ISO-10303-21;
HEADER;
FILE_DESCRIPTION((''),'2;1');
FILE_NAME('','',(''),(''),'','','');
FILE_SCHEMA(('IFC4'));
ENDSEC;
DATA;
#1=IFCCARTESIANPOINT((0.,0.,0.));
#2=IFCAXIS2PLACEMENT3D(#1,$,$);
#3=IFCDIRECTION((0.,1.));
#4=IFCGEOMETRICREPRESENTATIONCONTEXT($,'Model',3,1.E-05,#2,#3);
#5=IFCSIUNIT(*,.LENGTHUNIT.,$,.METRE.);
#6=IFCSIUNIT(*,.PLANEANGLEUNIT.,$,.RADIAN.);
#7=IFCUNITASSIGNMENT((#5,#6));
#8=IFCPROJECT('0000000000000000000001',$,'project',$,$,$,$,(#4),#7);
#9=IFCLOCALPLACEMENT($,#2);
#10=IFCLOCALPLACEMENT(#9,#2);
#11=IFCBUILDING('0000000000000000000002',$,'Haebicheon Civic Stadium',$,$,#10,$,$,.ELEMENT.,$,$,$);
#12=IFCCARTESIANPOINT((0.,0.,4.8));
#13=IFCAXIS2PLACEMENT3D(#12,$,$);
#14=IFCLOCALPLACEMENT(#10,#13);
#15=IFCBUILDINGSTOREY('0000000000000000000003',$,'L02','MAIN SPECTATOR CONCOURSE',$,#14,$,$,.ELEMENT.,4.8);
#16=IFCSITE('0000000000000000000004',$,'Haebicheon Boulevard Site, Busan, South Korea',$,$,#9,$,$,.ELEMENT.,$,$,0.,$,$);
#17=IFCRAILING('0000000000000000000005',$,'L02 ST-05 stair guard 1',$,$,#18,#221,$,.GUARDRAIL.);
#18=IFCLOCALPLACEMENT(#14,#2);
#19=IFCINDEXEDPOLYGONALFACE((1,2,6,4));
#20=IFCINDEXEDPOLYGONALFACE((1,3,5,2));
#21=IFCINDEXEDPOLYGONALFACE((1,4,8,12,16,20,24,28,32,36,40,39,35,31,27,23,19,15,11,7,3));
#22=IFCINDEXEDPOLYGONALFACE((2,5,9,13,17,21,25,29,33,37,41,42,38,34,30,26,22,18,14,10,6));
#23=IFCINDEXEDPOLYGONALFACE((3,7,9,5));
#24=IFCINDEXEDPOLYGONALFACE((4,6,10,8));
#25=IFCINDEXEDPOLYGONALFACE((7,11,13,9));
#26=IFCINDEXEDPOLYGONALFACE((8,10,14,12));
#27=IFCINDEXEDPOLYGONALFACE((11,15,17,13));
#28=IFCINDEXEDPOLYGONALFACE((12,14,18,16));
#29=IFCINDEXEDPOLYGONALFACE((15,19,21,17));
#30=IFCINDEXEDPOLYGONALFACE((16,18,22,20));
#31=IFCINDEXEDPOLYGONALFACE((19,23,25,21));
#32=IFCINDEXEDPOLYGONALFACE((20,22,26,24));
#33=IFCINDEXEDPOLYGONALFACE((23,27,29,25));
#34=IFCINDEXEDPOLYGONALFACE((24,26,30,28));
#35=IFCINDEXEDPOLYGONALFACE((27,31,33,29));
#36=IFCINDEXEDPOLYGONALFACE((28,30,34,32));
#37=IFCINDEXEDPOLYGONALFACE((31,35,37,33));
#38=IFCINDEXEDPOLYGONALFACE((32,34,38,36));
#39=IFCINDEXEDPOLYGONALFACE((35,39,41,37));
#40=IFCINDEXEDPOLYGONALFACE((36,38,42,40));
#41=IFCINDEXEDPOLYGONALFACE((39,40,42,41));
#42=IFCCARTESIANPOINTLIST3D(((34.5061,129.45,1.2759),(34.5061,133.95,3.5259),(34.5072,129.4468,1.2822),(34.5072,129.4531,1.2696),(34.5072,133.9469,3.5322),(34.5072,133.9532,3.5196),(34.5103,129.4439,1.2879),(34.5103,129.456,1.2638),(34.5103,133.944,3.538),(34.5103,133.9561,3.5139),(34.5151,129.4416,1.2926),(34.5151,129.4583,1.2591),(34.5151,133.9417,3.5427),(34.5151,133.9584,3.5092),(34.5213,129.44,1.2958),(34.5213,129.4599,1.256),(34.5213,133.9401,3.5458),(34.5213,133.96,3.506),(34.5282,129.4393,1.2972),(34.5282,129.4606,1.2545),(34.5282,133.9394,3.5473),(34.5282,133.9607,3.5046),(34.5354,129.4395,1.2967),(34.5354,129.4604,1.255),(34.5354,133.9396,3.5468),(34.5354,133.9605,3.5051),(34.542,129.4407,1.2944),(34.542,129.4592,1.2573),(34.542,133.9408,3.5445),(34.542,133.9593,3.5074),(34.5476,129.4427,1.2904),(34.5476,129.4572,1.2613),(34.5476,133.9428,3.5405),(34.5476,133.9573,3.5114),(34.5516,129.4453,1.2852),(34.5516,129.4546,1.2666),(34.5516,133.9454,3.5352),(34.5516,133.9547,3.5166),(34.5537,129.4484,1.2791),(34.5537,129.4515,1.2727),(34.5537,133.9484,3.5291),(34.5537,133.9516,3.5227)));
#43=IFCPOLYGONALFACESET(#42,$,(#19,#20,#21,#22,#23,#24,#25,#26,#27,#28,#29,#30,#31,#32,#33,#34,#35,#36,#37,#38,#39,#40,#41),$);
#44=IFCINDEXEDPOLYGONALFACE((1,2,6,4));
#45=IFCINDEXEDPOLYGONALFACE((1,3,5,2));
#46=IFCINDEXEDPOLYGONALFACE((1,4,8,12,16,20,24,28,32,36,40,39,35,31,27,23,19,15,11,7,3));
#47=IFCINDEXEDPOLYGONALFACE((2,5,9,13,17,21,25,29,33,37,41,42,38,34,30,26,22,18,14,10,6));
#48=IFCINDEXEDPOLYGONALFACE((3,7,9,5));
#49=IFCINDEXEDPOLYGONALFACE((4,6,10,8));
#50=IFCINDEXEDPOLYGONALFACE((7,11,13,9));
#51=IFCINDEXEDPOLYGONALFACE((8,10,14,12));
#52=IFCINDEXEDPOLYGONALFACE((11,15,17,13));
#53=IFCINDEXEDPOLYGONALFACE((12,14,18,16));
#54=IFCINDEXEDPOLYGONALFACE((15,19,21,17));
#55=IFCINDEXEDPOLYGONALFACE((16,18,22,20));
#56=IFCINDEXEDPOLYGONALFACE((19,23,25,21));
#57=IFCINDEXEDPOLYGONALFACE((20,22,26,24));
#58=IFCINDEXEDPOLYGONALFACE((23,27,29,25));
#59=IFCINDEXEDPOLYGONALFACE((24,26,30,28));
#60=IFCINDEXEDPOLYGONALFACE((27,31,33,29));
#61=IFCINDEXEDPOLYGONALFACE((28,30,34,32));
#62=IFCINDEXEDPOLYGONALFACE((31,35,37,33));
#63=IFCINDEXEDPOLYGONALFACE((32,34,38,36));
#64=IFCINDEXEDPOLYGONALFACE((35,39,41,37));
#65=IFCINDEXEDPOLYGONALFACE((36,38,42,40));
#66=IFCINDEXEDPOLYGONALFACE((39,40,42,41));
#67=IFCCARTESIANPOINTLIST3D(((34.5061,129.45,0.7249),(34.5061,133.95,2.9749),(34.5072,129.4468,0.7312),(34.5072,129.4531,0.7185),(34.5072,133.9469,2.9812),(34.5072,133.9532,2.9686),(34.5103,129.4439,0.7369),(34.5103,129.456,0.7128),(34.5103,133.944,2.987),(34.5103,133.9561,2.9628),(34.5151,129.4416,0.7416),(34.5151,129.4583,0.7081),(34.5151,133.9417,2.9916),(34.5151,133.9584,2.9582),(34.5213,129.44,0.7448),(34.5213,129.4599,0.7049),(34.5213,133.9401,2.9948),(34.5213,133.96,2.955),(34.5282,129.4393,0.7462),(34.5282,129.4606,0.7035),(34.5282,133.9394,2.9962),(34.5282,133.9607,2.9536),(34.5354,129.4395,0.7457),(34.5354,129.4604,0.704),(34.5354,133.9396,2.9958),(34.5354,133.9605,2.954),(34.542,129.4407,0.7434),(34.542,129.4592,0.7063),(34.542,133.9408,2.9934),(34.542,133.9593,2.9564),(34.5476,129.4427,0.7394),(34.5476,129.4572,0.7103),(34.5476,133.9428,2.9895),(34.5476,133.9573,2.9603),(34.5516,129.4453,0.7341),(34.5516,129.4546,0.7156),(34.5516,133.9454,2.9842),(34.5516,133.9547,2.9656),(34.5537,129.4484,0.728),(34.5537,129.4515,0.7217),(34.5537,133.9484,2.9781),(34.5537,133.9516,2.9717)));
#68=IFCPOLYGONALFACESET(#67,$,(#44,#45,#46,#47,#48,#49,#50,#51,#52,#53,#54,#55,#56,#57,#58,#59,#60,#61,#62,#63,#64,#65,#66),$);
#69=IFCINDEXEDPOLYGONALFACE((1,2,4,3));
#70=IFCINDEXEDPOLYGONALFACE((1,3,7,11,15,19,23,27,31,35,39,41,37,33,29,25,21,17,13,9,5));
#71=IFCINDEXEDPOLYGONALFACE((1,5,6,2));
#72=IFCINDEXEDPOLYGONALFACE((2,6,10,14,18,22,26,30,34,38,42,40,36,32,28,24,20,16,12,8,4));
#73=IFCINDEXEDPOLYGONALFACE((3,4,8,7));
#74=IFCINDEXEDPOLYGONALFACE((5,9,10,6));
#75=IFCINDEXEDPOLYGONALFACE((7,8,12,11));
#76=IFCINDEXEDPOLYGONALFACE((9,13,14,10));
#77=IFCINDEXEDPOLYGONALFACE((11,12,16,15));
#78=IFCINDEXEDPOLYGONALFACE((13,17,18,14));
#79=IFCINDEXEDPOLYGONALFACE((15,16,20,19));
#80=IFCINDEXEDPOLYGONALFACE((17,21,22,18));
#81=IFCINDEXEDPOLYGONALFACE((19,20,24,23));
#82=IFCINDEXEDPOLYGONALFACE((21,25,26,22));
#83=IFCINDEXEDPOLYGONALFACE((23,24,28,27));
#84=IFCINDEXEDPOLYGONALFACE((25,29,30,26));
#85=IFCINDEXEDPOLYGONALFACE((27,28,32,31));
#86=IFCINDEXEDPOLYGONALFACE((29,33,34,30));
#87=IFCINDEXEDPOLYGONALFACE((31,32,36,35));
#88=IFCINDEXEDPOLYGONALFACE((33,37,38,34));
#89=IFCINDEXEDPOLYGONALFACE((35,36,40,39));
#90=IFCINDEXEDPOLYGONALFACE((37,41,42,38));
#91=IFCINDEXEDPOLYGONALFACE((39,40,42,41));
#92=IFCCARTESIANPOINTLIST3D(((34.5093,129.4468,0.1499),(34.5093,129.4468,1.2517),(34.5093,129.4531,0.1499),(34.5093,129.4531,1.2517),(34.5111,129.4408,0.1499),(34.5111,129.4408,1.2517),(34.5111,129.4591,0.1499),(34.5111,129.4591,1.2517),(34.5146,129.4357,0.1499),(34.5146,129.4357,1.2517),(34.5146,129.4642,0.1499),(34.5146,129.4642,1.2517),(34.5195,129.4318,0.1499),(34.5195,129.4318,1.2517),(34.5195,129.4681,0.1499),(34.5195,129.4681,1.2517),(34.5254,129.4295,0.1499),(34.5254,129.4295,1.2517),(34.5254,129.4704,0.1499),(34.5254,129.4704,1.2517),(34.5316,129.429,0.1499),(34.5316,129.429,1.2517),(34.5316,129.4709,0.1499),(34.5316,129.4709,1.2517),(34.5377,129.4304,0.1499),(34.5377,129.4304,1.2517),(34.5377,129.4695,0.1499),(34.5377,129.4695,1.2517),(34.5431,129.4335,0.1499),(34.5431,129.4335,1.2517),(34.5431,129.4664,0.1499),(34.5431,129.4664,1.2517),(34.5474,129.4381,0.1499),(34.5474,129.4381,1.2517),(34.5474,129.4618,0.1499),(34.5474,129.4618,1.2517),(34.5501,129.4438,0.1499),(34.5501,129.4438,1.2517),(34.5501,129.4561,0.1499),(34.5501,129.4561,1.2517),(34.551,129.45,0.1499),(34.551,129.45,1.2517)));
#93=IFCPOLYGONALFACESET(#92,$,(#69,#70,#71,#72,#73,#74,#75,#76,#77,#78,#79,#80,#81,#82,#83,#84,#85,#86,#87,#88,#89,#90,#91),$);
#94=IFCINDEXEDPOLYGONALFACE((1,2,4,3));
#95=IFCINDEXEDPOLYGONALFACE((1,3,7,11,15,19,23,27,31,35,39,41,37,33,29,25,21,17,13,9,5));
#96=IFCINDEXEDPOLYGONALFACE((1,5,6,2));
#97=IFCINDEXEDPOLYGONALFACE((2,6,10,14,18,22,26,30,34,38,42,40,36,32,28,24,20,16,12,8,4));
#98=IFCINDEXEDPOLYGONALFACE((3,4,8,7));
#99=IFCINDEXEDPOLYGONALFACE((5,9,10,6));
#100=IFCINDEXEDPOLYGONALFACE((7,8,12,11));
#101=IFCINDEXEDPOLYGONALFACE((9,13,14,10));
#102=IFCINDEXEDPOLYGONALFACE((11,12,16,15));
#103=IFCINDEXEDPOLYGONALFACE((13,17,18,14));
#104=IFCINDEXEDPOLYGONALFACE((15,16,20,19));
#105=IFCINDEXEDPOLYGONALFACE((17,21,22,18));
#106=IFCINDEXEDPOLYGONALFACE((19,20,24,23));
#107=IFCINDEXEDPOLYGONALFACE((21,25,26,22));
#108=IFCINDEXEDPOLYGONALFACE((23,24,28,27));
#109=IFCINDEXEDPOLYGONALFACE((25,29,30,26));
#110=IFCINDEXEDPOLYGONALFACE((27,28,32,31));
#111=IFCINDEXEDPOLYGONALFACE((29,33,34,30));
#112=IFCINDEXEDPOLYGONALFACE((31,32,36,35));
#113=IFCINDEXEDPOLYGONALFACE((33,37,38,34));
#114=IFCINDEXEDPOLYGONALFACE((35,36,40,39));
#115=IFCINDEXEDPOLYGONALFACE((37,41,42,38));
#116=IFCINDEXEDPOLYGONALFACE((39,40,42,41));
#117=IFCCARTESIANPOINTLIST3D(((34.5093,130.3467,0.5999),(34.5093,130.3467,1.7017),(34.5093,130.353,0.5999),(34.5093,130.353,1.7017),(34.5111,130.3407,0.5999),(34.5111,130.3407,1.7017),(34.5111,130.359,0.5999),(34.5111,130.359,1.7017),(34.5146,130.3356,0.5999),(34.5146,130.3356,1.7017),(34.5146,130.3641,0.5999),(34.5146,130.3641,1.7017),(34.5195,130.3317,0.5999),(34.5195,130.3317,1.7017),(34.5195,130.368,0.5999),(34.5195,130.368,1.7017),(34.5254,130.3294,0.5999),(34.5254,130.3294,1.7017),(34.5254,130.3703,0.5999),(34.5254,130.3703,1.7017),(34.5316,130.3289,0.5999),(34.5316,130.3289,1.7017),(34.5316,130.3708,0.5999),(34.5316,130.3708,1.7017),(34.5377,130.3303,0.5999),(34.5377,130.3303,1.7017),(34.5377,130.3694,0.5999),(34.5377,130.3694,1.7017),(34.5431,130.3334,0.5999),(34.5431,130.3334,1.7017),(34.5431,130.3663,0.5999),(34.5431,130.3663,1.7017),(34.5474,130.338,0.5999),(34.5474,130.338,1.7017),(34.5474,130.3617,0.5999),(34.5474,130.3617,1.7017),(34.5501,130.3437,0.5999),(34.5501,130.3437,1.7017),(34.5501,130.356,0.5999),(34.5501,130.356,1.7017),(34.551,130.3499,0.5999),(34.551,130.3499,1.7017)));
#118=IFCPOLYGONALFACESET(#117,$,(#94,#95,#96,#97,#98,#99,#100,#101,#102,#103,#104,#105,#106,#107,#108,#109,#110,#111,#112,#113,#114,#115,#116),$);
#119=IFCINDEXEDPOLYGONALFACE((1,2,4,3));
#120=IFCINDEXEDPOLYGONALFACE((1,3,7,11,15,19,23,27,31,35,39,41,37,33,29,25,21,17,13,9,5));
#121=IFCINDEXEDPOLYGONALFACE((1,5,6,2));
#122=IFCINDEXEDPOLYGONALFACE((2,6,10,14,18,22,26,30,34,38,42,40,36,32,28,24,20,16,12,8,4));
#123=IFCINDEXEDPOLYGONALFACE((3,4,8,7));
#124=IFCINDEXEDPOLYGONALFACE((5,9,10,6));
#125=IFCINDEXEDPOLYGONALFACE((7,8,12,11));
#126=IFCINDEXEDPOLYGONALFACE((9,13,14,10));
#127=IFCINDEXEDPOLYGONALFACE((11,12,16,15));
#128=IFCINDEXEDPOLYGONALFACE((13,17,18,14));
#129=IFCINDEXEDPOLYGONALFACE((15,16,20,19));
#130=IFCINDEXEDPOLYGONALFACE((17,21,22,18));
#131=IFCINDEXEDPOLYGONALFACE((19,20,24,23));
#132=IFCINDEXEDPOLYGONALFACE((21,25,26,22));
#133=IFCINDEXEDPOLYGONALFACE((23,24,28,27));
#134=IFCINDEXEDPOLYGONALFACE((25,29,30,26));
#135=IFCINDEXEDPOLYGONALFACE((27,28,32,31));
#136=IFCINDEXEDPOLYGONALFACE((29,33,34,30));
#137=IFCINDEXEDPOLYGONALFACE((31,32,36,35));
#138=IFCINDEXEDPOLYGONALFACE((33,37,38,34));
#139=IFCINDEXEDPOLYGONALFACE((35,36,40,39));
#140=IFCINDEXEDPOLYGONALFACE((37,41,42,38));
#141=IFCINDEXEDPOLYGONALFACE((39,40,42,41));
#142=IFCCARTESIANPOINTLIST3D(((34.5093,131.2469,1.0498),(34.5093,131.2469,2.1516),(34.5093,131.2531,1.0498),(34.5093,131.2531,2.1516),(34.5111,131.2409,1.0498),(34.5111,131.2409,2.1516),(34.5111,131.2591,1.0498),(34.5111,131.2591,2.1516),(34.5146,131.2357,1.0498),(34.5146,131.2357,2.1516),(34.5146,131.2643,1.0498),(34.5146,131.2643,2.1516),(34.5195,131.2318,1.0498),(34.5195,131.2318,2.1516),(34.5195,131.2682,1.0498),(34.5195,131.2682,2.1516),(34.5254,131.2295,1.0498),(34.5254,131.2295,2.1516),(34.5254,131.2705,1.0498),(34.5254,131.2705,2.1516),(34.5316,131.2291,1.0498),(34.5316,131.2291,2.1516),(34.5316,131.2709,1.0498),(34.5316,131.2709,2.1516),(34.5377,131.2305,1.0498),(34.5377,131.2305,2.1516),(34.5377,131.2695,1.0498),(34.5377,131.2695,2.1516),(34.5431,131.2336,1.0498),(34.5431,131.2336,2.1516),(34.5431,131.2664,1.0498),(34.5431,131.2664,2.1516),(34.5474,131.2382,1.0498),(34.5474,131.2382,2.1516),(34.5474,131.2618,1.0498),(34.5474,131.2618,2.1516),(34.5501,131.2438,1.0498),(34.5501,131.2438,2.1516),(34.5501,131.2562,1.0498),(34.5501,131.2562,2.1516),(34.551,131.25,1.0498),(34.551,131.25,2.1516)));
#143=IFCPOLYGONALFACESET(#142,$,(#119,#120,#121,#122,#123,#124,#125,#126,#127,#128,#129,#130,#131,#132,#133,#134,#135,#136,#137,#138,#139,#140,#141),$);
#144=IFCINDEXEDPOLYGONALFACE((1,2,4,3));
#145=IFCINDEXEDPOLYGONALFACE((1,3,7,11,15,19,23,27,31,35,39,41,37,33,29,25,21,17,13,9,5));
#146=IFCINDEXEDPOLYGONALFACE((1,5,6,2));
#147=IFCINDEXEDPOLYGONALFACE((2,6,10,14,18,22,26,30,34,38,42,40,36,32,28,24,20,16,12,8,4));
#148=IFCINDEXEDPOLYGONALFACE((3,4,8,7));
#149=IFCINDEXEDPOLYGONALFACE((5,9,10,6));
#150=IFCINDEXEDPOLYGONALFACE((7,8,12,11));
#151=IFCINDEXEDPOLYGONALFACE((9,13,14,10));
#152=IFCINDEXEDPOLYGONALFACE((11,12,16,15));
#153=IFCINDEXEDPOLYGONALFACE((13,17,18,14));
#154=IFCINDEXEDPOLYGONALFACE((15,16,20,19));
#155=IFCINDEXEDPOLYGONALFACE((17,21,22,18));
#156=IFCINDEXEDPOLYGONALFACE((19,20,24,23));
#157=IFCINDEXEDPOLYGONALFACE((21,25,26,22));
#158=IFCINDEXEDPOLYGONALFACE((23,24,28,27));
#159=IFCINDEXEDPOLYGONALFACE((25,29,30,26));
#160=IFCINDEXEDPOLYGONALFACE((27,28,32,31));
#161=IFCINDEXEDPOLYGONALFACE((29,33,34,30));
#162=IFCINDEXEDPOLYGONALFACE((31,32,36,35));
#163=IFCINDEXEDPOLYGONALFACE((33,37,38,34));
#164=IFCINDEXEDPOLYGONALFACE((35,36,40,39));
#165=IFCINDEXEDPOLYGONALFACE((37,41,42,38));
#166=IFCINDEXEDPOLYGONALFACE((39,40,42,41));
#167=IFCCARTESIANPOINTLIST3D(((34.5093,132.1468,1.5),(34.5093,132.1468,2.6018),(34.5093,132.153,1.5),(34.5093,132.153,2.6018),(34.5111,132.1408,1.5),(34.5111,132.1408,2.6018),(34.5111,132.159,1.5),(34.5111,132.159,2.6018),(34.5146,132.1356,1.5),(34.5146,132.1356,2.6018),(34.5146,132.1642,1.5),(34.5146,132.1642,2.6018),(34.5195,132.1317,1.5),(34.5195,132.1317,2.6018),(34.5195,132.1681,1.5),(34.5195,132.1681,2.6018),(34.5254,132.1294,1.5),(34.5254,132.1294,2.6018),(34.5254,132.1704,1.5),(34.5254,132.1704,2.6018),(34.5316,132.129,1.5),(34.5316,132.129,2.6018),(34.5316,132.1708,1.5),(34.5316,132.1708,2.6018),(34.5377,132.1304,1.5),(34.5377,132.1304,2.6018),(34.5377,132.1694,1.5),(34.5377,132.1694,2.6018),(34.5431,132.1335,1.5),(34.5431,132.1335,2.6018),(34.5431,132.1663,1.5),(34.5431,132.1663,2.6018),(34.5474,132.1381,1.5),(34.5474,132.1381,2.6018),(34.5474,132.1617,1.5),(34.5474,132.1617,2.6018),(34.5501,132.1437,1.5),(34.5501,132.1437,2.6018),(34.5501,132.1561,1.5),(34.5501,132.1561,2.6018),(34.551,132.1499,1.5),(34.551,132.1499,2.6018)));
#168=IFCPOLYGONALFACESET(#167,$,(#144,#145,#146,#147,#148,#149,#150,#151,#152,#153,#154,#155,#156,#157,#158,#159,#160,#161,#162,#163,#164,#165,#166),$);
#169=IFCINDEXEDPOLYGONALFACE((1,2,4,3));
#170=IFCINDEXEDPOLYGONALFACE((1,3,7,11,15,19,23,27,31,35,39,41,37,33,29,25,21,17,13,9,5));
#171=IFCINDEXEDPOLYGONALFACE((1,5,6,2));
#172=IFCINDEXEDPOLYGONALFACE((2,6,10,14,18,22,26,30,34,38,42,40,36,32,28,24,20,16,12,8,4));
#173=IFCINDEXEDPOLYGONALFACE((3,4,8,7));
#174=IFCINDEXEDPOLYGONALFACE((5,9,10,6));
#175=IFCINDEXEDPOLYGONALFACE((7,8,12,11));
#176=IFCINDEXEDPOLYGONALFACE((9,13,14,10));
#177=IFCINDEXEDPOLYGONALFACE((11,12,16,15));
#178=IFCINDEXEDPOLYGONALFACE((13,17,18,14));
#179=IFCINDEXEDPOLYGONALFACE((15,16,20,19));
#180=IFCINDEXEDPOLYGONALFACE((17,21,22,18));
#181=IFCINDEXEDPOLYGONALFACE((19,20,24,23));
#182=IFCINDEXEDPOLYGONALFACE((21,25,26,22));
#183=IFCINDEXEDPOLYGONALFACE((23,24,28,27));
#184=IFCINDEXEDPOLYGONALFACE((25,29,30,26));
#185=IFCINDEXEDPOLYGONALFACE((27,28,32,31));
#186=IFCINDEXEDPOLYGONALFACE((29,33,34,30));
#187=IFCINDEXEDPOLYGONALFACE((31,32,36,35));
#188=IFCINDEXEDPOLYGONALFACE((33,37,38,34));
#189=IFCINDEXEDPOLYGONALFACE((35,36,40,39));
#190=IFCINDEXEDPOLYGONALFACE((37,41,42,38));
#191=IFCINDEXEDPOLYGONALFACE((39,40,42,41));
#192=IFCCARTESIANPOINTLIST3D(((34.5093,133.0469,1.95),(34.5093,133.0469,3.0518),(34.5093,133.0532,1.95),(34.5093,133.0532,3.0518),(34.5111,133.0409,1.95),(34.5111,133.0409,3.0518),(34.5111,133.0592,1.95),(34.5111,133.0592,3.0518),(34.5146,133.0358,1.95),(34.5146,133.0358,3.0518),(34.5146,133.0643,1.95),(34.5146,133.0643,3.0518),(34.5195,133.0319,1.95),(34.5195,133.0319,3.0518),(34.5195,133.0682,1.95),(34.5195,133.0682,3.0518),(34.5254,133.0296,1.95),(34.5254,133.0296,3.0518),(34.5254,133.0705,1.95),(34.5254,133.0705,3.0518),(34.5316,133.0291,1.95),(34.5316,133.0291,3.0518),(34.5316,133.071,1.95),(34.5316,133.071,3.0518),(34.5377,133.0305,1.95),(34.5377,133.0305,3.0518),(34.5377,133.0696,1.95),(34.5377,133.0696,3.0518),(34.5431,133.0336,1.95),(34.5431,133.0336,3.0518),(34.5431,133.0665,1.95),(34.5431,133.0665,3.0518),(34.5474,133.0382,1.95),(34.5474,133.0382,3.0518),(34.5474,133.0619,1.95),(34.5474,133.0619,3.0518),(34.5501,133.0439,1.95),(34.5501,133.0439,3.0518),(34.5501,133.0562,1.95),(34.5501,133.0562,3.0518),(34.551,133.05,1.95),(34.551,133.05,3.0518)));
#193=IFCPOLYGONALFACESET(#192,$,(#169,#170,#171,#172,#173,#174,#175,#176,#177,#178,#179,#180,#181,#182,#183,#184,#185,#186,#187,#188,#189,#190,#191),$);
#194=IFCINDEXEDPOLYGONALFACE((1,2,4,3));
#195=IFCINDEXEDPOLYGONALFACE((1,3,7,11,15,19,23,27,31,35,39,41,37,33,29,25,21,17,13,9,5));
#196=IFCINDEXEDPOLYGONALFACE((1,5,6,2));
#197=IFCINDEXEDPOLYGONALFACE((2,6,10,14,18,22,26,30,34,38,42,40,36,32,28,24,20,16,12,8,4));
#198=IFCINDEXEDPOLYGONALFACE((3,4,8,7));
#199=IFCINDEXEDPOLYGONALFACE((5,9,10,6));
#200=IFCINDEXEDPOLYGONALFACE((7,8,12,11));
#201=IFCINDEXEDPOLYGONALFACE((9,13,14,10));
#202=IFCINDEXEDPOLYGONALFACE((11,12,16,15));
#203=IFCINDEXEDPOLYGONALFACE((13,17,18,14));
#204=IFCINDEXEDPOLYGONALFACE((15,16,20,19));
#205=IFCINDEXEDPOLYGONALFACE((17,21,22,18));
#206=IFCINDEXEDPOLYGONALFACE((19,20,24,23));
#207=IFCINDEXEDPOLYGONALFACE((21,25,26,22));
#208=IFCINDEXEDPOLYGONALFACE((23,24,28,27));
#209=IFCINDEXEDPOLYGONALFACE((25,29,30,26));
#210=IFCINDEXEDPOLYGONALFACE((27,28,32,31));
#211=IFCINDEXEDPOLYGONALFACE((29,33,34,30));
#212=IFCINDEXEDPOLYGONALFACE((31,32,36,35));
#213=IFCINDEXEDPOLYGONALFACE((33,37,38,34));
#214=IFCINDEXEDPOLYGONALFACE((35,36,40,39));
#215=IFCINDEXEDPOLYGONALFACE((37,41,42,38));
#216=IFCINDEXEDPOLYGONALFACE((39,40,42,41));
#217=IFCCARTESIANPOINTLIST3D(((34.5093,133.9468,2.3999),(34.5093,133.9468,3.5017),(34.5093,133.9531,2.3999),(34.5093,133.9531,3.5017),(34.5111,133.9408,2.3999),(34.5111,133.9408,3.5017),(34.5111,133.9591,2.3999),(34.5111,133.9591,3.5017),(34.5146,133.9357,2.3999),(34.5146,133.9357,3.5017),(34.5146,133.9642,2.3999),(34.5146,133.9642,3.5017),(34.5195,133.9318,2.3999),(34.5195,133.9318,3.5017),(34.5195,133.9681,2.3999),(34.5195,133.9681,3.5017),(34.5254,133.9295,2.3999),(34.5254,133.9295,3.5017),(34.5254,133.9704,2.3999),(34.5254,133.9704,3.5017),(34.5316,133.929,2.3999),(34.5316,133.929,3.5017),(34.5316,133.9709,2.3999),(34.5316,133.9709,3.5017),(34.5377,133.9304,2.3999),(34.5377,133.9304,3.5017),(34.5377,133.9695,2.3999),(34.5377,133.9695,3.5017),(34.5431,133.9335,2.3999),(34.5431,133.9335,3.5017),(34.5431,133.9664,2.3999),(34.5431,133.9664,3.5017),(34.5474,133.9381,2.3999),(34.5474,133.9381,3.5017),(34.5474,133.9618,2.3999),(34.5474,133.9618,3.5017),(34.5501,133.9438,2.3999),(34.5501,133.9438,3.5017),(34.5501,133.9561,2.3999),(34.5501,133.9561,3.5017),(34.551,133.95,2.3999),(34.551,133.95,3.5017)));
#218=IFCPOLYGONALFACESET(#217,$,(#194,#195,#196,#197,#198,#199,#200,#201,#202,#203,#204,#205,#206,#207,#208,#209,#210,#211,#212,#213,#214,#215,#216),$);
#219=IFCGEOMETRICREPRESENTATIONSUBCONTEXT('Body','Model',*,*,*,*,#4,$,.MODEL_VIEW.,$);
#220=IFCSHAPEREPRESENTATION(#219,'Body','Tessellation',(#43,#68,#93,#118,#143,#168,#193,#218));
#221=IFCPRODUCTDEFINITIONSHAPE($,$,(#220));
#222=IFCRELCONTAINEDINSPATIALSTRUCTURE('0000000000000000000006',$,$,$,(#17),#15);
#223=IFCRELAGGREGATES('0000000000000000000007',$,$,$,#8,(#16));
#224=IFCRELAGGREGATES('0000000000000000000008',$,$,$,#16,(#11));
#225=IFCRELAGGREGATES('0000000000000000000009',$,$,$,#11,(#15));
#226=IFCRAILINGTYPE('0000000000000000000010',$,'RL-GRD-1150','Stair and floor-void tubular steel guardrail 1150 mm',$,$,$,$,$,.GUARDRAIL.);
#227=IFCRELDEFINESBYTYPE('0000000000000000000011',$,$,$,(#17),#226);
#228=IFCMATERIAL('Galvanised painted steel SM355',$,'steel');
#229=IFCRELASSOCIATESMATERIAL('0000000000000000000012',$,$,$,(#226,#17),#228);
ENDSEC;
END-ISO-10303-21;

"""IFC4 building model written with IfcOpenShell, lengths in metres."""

from ifc_helpers import new_model, si_unit, direction, frame, origin, origin_2d, place, context, subcontext, project, spatial, circle, extrude, material, type_object, element, save


model = new_model("IFC4")

# Units and contexts
model_context = context("Model", 3, precision=1e-05, world=origin(), true_north=direction((0.0, 1.0)))
body_context = subcontext(model_context, "Body", "Model", "MODEL_VIEW")
ifc_project = project(units=[si_unit("LENGTHUNIT", "METRE"), si_unit("PLANEANGLEUNIT", "RADIAN")], contexts=[model_context])

# Site, building, storey
site_placement = place(None, origin())
site = spatial("IfcSite", under=ifc_project, at=site_placement, Name="Haebicheon Boulevard Site, Busan, South Korea", CompositionType="ELEMENT", RefElevation=0.0)
building_placement = place(site_placement, origin())
building = spatial("IfcBuilding", under=site, at=building_placement, Name="Haebicheon Civic Stadium", CompositionType="ELEMENT")
storey_placement = place(building_placement, frame((0.0, 0.0, 4.8)))
storey = spatial("IfcBuildingStorey", under=building, at=storey_placement, Name="L02", Description="MAIN SPECTATOR CONCOURSE", CompositionType="ELEMENT", Elevation=4.8)

# Railing
ifc_material_1 = material(Name="Galvanised painted steel SM355", Category="steel")
railing_type = type_object("IfcRailingType", Name="RL-GRD-1150", Description="Stair and floor-void tubular steel guardrail 1150 mm", PredefinedType="GUARDRAIL", material=ifc_material_1)
railing_1_placement = place(storey_placement, frame((34.53, 129.45, 0.1499)))
element("IfcRailing", 1, at=railing_1_placement, inside=storey, type_object=railing_type, material=ifc_material_1, Name="L02 ST-05 stair guard 1", PredefinedType="GUARDRAIL", context=body_context, shape_type="SweptSolid", body=[
    extrude(circle(Radius=0.0239, at=origin_2d()), frame((0.0, 0.0, 1.126), z_axis=(0.0, 0.894427, 0.447214), x_axis=(-1.0, 0.0, 0.0)), (0.0, 0.0, 1.0), 5.0312),
    extrude(circle(Radius=0.0239, at=origin_2d()), frame((0.0, 0.0, 0.575), z_axis=(0.0, 0.894427, 0.447214), x_axis=(-1.0, 0.0, 0.0)), (0.0, 0.0, 1.0), 5.0312),
    extrude(circle(Radius=0.021, at=origin_2d()), origin(), (0.0, 0.0, 1.0), 1.1018),
    extrude(circle(Radius=0.021, at=origin_2d()), frame((0.0, 0.8999, 0.45)), (0.0, 0.0, 1.0), 1.1018),
    extrude(circle(Radius=0.021, at=origin_2d()), frame((0.0, 1.8, 0.8999)), (0.0, 0.0, 1.0), 1.1018),
    extrude(circle(Radius=0.021, at=origin_2d()), frame((0.0, 2.7, 1.3501)), (0.0, 0.0, 1.0), 1.1018),
    extrude(circle(Radius=0.021, at=origin_2d()), frame((0.0, 3.6001, 1.8)), (0.0, 0.0, 1.0), 1.1018),
    extrude(circle(Radius=0.021, at=origin_2d()), frame((0.0, 4.5, 2.25)), (0.0, 0.0, 1.0), 1.1018),
])

save(model, "model.ifc")
